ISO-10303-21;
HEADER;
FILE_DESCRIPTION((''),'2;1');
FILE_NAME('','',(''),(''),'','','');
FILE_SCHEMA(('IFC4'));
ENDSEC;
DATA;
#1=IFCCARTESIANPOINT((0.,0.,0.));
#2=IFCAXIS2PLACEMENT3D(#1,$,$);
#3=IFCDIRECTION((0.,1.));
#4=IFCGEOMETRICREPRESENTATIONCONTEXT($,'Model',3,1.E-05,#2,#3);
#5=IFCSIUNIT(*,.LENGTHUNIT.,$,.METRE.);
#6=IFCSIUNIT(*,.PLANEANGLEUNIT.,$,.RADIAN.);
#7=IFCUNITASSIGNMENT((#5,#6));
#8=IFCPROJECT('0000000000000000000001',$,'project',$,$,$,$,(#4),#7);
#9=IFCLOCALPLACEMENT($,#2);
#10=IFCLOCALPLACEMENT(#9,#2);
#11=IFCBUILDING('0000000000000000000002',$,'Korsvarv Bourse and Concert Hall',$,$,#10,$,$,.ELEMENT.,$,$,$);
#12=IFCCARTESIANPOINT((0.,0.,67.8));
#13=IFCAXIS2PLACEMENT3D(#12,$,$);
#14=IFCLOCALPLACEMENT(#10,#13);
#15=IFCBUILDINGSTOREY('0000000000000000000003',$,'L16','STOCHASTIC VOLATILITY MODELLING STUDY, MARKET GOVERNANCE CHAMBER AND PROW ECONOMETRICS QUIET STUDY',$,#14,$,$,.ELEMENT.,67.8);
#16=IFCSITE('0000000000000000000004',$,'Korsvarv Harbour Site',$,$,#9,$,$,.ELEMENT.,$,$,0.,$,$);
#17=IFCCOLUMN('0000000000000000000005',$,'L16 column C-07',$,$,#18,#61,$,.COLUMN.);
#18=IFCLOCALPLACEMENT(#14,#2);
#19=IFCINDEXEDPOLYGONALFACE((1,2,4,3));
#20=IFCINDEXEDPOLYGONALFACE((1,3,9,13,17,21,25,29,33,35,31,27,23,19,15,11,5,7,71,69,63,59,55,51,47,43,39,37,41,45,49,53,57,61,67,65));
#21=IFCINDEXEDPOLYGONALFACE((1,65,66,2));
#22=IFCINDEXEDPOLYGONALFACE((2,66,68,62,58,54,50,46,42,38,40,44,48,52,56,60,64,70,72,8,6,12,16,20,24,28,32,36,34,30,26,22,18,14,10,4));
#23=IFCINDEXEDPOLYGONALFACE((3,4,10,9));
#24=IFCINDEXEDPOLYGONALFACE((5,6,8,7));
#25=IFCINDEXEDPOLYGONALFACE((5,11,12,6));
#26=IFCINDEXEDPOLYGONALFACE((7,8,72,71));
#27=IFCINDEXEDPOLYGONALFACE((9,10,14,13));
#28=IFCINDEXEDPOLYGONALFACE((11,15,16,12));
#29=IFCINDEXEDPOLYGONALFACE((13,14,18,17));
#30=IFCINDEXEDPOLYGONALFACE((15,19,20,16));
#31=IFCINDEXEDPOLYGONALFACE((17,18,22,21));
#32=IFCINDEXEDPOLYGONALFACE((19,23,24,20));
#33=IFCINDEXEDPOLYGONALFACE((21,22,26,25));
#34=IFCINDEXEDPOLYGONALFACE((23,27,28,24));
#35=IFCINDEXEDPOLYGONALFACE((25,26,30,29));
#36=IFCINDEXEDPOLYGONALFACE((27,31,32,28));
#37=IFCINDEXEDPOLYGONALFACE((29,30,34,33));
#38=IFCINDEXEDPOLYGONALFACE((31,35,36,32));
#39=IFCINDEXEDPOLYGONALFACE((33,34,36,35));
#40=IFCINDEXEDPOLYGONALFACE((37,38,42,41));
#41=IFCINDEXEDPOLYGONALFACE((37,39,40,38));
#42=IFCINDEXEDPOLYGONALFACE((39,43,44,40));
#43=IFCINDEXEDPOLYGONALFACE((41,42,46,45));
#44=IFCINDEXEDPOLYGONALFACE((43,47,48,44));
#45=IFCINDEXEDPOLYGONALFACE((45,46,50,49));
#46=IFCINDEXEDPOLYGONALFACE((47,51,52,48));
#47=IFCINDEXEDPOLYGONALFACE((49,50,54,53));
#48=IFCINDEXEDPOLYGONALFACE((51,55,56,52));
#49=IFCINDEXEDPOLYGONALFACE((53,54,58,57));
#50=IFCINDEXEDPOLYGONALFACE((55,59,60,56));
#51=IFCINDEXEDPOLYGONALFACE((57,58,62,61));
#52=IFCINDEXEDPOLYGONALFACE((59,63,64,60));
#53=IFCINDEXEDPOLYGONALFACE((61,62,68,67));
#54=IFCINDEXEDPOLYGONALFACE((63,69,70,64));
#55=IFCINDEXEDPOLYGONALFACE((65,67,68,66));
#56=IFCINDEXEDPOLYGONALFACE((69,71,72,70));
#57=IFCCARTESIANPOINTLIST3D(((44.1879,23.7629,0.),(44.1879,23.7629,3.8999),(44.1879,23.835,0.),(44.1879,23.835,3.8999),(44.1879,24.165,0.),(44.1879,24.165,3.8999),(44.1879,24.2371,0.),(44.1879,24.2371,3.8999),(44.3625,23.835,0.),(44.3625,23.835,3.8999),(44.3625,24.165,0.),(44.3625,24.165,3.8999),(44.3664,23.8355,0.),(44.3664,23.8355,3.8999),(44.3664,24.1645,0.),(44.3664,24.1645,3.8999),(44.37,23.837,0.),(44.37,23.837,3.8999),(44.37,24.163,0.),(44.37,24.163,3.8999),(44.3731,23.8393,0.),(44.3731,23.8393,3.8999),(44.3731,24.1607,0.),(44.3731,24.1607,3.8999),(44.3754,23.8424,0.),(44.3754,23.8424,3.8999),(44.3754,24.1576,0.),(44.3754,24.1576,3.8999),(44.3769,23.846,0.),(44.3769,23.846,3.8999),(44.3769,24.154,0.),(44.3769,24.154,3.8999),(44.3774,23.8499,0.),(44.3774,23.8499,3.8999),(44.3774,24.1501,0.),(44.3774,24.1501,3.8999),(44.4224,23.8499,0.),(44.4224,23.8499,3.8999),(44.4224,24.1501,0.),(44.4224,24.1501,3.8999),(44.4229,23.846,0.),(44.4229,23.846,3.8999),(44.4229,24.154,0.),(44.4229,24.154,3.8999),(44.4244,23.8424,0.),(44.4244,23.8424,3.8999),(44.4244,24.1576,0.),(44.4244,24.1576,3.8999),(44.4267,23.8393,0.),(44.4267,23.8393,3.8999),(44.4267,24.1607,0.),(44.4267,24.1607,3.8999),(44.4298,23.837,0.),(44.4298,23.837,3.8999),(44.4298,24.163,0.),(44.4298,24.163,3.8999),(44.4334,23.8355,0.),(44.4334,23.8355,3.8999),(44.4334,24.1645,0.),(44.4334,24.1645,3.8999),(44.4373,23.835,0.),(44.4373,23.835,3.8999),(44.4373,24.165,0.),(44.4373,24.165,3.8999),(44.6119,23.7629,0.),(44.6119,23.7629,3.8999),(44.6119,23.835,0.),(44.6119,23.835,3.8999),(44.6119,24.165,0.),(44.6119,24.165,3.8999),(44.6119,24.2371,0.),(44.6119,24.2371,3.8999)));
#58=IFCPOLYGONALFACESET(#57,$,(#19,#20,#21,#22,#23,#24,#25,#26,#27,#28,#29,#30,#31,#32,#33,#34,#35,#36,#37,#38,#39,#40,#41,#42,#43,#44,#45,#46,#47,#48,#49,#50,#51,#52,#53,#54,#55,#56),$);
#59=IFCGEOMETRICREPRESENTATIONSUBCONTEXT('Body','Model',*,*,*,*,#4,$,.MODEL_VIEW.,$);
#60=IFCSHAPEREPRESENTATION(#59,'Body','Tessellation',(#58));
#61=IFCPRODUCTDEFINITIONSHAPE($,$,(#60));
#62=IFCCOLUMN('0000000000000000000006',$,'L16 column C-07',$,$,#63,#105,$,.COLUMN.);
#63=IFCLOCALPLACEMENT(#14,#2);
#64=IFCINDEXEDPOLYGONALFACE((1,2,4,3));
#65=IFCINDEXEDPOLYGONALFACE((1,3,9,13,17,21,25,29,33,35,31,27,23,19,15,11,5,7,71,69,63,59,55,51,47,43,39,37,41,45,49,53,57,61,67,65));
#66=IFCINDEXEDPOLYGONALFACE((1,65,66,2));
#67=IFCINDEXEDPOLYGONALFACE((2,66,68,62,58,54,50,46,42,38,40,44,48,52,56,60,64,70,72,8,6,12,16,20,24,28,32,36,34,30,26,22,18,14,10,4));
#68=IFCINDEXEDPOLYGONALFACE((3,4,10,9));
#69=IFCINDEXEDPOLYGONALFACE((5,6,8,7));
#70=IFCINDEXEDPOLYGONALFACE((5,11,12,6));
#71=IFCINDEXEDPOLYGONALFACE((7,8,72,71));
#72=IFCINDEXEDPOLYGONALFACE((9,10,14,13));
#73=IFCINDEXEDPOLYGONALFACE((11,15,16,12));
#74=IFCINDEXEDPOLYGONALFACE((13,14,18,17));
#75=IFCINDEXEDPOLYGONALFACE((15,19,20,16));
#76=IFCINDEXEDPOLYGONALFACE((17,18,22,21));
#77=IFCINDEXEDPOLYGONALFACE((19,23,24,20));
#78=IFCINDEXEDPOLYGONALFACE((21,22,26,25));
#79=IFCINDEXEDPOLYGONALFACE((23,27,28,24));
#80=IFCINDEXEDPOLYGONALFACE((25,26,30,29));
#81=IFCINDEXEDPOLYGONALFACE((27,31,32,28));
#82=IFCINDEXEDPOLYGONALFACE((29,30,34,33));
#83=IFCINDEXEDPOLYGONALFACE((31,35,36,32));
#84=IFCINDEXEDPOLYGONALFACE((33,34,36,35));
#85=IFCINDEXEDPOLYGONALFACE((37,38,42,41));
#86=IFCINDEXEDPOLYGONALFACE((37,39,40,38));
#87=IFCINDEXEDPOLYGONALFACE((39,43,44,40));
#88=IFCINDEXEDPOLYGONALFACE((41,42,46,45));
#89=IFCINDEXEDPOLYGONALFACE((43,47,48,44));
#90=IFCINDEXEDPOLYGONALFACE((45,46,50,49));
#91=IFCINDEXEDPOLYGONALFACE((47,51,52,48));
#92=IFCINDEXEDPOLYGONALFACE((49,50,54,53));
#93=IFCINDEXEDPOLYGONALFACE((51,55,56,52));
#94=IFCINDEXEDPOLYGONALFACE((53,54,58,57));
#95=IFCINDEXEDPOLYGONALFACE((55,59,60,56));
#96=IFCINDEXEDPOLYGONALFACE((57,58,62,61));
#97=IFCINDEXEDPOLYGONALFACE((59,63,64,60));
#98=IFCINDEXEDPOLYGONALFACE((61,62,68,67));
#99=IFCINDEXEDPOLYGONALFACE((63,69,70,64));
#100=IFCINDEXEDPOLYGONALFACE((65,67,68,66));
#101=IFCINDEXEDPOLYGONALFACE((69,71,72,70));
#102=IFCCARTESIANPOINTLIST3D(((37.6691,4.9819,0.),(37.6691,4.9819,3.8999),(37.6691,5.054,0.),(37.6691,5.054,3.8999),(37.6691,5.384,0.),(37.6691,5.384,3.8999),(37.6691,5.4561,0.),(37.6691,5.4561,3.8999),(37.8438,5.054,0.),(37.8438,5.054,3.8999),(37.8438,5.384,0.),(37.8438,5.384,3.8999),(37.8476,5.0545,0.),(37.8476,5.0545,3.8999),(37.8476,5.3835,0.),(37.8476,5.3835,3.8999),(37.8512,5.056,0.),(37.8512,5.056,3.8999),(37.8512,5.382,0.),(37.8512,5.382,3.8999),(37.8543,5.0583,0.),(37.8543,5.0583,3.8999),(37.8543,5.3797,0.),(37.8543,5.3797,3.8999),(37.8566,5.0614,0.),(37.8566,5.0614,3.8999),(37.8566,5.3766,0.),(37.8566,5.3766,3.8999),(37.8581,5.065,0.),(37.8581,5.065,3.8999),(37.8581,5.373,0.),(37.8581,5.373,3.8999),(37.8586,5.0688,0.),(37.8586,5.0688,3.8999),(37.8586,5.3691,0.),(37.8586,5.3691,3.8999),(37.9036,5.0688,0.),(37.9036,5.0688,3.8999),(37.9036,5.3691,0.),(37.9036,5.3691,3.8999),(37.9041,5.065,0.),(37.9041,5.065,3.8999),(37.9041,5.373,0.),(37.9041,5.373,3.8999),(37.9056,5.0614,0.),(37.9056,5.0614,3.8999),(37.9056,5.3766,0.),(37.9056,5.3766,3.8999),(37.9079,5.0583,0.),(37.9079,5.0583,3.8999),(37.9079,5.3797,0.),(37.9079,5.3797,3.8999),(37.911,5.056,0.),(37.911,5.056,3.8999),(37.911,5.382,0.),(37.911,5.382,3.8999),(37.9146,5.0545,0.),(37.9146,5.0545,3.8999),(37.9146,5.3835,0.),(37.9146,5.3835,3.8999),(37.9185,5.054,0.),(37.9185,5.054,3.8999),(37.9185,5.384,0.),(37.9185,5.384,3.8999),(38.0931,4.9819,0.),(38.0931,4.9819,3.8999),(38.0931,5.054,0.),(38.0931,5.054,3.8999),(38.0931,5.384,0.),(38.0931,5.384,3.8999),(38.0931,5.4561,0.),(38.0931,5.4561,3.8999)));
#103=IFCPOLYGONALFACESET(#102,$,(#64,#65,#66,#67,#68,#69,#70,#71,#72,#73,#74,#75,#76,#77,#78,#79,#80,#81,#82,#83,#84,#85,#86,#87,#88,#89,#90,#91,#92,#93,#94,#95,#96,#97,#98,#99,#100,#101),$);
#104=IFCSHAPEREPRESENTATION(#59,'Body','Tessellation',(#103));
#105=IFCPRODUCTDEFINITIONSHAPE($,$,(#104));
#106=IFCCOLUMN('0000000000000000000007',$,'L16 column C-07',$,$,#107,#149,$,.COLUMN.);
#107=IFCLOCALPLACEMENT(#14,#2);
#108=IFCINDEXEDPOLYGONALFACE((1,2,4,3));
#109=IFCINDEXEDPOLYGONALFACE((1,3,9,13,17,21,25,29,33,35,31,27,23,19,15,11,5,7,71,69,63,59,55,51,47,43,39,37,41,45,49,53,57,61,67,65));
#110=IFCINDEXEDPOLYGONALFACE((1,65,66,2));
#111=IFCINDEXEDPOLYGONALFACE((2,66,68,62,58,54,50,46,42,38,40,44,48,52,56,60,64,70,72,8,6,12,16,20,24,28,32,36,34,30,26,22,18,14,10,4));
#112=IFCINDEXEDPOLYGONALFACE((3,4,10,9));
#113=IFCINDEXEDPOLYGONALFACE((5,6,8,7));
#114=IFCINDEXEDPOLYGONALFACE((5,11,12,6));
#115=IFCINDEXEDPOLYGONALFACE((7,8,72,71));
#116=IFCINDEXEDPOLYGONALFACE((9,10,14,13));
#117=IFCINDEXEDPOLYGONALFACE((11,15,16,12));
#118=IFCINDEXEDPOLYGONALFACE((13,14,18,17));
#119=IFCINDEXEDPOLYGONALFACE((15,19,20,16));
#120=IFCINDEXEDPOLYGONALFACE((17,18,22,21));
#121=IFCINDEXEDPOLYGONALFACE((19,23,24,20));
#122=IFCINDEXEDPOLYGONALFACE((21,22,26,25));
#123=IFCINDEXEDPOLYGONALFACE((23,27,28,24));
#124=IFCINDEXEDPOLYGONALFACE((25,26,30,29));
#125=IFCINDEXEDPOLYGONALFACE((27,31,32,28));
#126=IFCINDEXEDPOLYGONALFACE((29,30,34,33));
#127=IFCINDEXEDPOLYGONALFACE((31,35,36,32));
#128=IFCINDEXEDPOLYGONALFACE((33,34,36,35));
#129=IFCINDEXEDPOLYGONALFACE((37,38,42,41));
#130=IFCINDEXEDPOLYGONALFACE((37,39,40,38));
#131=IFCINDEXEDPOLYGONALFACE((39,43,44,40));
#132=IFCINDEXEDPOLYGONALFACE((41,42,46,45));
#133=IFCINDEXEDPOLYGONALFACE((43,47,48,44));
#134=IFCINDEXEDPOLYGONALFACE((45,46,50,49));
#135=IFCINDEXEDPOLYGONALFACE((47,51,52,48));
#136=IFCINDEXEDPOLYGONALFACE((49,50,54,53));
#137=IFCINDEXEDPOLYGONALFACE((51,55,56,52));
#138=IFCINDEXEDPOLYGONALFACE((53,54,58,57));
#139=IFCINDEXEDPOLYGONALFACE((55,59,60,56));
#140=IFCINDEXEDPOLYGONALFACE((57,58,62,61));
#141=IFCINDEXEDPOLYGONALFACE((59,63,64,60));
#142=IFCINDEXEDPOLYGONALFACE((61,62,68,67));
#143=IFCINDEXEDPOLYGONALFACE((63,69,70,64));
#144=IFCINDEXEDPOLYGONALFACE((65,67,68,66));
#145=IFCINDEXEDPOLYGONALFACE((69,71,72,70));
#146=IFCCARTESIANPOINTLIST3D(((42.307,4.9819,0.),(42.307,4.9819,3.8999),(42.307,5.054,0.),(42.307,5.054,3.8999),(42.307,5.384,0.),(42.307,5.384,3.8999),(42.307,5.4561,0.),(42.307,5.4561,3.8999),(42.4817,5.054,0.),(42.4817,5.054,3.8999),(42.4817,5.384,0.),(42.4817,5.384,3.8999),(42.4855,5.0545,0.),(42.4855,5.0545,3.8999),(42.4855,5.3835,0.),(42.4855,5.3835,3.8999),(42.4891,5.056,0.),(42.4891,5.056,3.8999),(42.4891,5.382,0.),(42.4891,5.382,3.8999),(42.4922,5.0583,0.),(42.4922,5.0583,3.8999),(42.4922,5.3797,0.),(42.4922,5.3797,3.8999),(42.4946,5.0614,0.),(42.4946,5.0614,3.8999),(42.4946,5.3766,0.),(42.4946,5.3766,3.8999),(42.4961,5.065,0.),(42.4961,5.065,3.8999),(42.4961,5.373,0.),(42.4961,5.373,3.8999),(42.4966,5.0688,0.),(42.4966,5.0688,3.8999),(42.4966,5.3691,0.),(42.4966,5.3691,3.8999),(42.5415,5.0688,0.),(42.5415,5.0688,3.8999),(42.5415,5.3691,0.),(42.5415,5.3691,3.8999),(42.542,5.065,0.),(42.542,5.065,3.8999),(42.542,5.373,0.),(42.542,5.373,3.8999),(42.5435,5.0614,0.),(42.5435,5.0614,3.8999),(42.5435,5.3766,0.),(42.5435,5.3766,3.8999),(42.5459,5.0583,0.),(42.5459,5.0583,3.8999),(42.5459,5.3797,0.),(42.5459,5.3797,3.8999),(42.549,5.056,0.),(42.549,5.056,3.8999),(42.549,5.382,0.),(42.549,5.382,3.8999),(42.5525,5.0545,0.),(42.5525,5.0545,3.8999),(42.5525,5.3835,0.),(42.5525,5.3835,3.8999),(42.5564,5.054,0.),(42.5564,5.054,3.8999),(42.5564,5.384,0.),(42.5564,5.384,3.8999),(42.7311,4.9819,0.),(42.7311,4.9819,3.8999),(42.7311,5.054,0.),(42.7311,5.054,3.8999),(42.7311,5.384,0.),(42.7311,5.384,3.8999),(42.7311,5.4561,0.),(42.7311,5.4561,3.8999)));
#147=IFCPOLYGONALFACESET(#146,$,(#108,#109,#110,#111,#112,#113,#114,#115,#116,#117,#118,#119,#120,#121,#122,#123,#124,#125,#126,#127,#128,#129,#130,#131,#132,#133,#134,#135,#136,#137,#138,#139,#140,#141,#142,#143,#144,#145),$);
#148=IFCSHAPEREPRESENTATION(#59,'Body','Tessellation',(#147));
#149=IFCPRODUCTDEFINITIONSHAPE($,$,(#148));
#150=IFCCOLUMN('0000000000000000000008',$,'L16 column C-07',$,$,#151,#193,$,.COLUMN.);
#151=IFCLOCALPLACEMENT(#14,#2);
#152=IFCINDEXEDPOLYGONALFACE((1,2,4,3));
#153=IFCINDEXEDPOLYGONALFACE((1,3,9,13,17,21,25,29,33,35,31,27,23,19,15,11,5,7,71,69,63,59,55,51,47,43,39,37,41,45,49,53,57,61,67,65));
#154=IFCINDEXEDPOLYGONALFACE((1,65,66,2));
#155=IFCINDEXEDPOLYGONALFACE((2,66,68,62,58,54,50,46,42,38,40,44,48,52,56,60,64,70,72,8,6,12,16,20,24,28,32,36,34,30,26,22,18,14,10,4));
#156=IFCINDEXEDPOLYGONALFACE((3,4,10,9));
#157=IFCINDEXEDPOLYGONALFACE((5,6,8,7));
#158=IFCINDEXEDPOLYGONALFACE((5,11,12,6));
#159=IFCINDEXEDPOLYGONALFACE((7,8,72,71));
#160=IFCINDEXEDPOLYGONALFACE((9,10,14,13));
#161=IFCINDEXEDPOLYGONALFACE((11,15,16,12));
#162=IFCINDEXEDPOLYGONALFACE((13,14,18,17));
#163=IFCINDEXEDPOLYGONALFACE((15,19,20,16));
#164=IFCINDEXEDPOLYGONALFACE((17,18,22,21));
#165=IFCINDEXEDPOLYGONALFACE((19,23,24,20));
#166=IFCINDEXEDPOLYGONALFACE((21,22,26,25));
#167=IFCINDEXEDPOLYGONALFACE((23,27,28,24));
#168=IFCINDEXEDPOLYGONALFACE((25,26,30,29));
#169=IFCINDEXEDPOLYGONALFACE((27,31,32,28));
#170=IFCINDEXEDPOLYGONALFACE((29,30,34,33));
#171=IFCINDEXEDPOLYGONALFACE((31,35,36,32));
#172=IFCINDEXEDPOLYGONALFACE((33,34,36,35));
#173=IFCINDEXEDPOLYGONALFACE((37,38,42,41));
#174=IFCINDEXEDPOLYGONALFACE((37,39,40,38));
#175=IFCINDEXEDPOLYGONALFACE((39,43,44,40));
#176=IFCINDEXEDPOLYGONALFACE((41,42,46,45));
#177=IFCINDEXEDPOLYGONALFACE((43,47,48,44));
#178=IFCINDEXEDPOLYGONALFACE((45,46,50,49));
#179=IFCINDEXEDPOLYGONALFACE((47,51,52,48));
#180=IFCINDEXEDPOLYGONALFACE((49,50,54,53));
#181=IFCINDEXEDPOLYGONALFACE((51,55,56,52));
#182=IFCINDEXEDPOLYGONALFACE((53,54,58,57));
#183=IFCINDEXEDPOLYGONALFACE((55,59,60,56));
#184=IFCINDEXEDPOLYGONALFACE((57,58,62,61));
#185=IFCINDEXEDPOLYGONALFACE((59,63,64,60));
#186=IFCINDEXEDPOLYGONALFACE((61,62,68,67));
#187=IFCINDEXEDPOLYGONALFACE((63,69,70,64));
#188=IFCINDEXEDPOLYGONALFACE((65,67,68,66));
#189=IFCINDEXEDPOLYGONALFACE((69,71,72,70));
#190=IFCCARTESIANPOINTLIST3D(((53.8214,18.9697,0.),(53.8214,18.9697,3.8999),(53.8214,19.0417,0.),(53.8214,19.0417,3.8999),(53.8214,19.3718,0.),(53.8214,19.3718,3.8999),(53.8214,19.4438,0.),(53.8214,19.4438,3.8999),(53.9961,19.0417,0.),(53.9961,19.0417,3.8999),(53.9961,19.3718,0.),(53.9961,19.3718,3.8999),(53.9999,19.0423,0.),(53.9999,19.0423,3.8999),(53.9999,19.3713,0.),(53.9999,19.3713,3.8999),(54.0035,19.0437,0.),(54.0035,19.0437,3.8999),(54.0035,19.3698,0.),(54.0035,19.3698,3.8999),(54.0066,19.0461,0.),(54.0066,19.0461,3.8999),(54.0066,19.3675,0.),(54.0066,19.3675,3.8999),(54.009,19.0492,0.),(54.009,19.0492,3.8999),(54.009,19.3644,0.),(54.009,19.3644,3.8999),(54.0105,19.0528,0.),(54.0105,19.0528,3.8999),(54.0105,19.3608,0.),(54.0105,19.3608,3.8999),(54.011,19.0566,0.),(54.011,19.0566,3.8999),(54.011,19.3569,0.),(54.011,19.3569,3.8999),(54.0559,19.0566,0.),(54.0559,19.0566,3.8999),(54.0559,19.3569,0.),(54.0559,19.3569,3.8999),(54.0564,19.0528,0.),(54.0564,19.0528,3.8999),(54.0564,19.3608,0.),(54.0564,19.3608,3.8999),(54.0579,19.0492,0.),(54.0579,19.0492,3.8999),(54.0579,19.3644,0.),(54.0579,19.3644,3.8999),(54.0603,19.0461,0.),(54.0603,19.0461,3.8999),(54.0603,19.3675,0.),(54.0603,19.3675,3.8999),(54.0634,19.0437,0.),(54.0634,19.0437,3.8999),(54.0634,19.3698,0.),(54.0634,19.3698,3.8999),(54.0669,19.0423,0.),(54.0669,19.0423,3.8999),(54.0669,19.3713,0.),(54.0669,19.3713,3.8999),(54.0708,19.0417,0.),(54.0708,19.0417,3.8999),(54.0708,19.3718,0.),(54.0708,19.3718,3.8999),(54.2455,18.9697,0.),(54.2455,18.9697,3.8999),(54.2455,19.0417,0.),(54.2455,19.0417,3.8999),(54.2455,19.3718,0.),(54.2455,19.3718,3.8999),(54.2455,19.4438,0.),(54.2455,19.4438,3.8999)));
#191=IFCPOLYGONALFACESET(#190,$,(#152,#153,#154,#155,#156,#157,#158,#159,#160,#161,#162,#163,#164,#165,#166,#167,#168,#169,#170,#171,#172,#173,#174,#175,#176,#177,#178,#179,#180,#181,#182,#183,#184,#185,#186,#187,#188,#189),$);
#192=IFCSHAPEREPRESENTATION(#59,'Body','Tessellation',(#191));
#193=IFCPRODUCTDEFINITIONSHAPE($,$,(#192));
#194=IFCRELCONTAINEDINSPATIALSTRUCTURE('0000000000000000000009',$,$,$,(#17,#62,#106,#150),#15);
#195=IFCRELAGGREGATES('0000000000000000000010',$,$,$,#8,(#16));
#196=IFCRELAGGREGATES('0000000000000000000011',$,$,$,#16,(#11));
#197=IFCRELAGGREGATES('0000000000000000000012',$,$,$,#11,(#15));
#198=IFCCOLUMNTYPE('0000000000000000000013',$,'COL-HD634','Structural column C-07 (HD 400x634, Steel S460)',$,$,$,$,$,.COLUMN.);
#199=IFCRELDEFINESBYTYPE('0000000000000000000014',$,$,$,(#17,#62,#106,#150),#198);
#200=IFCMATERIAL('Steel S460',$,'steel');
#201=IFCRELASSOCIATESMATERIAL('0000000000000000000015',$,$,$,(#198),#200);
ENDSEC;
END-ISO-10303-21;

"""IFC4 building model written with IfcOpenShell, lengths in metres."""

from ifc_helpers import new_model, si_unit, direction, frame, origin, origin_2d, place, context, subcontext, project, spatial, i_section, extrude, source, transform, mapped, material, material_profile, profile_set, type_object, element, save


model = new_model("IFC4")

# Units and contexts
model_context = context("Model", 3, precision=1e-05, world=origin(), true_north=direction((0.0, 1.0)))
body_context = subcontext(model_context, "Body", "Model", "MODEL_VIEW")
ifc_project = project(units=[si_unit("LENGTHUNIT", "METRE"), si_unit("PLANEANGLEUNIT", "RADIAN")], contexts=[model_context])

# Site, building, storey
site_placement = place(None, origin())
site = spatial("IfcSite", under=ifc_project, at=site_placement, Name="Korsvarv Harbour Site", CompositionType="ELEMENT", RefElevation=0.0)
building_placement = place(site_placement, origin())
building = spatial("IfcBuilding", under=site, at=building_placement, Name="Korsvarv Bourse and Concert Hall", CompositionType="ELEMENT")
storey_placement = place(building_placement, frame((0.0, 0.0, 67.8)))
storey = spatial("IfcBuildingStorey", under=building, at=storey_placement, Name="L16", Description="STOCHASTIC VOLATILITY MODELLING STUDY, MARKET GOVERNANCE CHAMBER AND PROW ECONOMETRICS QUIET STUDY", CompositionType="ELEMENT", Elevation=67.8)

# Columns
ifc_material_1 = material(Name="Steel S460", Category="steel")
ifc_material_profile_1 = material_profile(ifc_material_1, i_section(OverallWidth=0.4241, OverallDepth=0.4741, WebThickness=0.0449, FlangeThickness=0.072, FilletRadius=0.0149, at=origin_2d()), Name="HD 400x634")
ifc_profile_set_1 = profile_set([ifc_material_profile_1], Name="Steel S460")
column_type = type_object("IfcColumnType", Name="COL-HD634", Description="Structural column C-07 (HD 400x634, Steel S460)", PredefinedType="COLUMN", material=ifc_profile_set_1)
shared_shape_1 = source(origin(), body_context, "Body", "SweptSolid", [
    extrude(i_section(OverallWidth=0.4241, OverallDepth=0.4741, WebThickness=0.0449, FlangeThickness=0.072, FilletRadius=0.0149, at=origin_2d()), origin(), (0.0, 0.0, 1.0), 3.8999),
])
for number, where, z_axis, x_axis, name in (
    (1, (44.3999, 24.0, 0.0), (0.0, 0.0, 1.0), (1.0, 0.0, 0.0), "L16 column C-07"),
    (2, (37.8811, 5.219, 0.0), (0.0, 0.0, 1.0), (1.0, 0.0, 0.0), "L16 column C-07"),
    (3, (42.519, 5.219, 0.0), (0.0, 0.0, 1.0), (1.0, 0.0, 0.0), "L16 column C-07"),
    (4, (54.0334, 19.2068, 0.0), (0.0, 0.0, 1.0), (1.0, 0.0, 0.0), "L16 column C-07"),
):
    element("IfcColumn", number, at=place(storey_placement, frame(where, z_axis=z_axis, x_axis=x_axis)), inside=storey, type_object=column_type, Name=name, PredefinedType="COLUMN", context=body_context, shape_type="MappedRepresentation", body=[
        mapped(shared_shape_1, transform((0.0, 0.0, 0.0), scale=1.0)),
    ])

save(model, "model.ifc")
